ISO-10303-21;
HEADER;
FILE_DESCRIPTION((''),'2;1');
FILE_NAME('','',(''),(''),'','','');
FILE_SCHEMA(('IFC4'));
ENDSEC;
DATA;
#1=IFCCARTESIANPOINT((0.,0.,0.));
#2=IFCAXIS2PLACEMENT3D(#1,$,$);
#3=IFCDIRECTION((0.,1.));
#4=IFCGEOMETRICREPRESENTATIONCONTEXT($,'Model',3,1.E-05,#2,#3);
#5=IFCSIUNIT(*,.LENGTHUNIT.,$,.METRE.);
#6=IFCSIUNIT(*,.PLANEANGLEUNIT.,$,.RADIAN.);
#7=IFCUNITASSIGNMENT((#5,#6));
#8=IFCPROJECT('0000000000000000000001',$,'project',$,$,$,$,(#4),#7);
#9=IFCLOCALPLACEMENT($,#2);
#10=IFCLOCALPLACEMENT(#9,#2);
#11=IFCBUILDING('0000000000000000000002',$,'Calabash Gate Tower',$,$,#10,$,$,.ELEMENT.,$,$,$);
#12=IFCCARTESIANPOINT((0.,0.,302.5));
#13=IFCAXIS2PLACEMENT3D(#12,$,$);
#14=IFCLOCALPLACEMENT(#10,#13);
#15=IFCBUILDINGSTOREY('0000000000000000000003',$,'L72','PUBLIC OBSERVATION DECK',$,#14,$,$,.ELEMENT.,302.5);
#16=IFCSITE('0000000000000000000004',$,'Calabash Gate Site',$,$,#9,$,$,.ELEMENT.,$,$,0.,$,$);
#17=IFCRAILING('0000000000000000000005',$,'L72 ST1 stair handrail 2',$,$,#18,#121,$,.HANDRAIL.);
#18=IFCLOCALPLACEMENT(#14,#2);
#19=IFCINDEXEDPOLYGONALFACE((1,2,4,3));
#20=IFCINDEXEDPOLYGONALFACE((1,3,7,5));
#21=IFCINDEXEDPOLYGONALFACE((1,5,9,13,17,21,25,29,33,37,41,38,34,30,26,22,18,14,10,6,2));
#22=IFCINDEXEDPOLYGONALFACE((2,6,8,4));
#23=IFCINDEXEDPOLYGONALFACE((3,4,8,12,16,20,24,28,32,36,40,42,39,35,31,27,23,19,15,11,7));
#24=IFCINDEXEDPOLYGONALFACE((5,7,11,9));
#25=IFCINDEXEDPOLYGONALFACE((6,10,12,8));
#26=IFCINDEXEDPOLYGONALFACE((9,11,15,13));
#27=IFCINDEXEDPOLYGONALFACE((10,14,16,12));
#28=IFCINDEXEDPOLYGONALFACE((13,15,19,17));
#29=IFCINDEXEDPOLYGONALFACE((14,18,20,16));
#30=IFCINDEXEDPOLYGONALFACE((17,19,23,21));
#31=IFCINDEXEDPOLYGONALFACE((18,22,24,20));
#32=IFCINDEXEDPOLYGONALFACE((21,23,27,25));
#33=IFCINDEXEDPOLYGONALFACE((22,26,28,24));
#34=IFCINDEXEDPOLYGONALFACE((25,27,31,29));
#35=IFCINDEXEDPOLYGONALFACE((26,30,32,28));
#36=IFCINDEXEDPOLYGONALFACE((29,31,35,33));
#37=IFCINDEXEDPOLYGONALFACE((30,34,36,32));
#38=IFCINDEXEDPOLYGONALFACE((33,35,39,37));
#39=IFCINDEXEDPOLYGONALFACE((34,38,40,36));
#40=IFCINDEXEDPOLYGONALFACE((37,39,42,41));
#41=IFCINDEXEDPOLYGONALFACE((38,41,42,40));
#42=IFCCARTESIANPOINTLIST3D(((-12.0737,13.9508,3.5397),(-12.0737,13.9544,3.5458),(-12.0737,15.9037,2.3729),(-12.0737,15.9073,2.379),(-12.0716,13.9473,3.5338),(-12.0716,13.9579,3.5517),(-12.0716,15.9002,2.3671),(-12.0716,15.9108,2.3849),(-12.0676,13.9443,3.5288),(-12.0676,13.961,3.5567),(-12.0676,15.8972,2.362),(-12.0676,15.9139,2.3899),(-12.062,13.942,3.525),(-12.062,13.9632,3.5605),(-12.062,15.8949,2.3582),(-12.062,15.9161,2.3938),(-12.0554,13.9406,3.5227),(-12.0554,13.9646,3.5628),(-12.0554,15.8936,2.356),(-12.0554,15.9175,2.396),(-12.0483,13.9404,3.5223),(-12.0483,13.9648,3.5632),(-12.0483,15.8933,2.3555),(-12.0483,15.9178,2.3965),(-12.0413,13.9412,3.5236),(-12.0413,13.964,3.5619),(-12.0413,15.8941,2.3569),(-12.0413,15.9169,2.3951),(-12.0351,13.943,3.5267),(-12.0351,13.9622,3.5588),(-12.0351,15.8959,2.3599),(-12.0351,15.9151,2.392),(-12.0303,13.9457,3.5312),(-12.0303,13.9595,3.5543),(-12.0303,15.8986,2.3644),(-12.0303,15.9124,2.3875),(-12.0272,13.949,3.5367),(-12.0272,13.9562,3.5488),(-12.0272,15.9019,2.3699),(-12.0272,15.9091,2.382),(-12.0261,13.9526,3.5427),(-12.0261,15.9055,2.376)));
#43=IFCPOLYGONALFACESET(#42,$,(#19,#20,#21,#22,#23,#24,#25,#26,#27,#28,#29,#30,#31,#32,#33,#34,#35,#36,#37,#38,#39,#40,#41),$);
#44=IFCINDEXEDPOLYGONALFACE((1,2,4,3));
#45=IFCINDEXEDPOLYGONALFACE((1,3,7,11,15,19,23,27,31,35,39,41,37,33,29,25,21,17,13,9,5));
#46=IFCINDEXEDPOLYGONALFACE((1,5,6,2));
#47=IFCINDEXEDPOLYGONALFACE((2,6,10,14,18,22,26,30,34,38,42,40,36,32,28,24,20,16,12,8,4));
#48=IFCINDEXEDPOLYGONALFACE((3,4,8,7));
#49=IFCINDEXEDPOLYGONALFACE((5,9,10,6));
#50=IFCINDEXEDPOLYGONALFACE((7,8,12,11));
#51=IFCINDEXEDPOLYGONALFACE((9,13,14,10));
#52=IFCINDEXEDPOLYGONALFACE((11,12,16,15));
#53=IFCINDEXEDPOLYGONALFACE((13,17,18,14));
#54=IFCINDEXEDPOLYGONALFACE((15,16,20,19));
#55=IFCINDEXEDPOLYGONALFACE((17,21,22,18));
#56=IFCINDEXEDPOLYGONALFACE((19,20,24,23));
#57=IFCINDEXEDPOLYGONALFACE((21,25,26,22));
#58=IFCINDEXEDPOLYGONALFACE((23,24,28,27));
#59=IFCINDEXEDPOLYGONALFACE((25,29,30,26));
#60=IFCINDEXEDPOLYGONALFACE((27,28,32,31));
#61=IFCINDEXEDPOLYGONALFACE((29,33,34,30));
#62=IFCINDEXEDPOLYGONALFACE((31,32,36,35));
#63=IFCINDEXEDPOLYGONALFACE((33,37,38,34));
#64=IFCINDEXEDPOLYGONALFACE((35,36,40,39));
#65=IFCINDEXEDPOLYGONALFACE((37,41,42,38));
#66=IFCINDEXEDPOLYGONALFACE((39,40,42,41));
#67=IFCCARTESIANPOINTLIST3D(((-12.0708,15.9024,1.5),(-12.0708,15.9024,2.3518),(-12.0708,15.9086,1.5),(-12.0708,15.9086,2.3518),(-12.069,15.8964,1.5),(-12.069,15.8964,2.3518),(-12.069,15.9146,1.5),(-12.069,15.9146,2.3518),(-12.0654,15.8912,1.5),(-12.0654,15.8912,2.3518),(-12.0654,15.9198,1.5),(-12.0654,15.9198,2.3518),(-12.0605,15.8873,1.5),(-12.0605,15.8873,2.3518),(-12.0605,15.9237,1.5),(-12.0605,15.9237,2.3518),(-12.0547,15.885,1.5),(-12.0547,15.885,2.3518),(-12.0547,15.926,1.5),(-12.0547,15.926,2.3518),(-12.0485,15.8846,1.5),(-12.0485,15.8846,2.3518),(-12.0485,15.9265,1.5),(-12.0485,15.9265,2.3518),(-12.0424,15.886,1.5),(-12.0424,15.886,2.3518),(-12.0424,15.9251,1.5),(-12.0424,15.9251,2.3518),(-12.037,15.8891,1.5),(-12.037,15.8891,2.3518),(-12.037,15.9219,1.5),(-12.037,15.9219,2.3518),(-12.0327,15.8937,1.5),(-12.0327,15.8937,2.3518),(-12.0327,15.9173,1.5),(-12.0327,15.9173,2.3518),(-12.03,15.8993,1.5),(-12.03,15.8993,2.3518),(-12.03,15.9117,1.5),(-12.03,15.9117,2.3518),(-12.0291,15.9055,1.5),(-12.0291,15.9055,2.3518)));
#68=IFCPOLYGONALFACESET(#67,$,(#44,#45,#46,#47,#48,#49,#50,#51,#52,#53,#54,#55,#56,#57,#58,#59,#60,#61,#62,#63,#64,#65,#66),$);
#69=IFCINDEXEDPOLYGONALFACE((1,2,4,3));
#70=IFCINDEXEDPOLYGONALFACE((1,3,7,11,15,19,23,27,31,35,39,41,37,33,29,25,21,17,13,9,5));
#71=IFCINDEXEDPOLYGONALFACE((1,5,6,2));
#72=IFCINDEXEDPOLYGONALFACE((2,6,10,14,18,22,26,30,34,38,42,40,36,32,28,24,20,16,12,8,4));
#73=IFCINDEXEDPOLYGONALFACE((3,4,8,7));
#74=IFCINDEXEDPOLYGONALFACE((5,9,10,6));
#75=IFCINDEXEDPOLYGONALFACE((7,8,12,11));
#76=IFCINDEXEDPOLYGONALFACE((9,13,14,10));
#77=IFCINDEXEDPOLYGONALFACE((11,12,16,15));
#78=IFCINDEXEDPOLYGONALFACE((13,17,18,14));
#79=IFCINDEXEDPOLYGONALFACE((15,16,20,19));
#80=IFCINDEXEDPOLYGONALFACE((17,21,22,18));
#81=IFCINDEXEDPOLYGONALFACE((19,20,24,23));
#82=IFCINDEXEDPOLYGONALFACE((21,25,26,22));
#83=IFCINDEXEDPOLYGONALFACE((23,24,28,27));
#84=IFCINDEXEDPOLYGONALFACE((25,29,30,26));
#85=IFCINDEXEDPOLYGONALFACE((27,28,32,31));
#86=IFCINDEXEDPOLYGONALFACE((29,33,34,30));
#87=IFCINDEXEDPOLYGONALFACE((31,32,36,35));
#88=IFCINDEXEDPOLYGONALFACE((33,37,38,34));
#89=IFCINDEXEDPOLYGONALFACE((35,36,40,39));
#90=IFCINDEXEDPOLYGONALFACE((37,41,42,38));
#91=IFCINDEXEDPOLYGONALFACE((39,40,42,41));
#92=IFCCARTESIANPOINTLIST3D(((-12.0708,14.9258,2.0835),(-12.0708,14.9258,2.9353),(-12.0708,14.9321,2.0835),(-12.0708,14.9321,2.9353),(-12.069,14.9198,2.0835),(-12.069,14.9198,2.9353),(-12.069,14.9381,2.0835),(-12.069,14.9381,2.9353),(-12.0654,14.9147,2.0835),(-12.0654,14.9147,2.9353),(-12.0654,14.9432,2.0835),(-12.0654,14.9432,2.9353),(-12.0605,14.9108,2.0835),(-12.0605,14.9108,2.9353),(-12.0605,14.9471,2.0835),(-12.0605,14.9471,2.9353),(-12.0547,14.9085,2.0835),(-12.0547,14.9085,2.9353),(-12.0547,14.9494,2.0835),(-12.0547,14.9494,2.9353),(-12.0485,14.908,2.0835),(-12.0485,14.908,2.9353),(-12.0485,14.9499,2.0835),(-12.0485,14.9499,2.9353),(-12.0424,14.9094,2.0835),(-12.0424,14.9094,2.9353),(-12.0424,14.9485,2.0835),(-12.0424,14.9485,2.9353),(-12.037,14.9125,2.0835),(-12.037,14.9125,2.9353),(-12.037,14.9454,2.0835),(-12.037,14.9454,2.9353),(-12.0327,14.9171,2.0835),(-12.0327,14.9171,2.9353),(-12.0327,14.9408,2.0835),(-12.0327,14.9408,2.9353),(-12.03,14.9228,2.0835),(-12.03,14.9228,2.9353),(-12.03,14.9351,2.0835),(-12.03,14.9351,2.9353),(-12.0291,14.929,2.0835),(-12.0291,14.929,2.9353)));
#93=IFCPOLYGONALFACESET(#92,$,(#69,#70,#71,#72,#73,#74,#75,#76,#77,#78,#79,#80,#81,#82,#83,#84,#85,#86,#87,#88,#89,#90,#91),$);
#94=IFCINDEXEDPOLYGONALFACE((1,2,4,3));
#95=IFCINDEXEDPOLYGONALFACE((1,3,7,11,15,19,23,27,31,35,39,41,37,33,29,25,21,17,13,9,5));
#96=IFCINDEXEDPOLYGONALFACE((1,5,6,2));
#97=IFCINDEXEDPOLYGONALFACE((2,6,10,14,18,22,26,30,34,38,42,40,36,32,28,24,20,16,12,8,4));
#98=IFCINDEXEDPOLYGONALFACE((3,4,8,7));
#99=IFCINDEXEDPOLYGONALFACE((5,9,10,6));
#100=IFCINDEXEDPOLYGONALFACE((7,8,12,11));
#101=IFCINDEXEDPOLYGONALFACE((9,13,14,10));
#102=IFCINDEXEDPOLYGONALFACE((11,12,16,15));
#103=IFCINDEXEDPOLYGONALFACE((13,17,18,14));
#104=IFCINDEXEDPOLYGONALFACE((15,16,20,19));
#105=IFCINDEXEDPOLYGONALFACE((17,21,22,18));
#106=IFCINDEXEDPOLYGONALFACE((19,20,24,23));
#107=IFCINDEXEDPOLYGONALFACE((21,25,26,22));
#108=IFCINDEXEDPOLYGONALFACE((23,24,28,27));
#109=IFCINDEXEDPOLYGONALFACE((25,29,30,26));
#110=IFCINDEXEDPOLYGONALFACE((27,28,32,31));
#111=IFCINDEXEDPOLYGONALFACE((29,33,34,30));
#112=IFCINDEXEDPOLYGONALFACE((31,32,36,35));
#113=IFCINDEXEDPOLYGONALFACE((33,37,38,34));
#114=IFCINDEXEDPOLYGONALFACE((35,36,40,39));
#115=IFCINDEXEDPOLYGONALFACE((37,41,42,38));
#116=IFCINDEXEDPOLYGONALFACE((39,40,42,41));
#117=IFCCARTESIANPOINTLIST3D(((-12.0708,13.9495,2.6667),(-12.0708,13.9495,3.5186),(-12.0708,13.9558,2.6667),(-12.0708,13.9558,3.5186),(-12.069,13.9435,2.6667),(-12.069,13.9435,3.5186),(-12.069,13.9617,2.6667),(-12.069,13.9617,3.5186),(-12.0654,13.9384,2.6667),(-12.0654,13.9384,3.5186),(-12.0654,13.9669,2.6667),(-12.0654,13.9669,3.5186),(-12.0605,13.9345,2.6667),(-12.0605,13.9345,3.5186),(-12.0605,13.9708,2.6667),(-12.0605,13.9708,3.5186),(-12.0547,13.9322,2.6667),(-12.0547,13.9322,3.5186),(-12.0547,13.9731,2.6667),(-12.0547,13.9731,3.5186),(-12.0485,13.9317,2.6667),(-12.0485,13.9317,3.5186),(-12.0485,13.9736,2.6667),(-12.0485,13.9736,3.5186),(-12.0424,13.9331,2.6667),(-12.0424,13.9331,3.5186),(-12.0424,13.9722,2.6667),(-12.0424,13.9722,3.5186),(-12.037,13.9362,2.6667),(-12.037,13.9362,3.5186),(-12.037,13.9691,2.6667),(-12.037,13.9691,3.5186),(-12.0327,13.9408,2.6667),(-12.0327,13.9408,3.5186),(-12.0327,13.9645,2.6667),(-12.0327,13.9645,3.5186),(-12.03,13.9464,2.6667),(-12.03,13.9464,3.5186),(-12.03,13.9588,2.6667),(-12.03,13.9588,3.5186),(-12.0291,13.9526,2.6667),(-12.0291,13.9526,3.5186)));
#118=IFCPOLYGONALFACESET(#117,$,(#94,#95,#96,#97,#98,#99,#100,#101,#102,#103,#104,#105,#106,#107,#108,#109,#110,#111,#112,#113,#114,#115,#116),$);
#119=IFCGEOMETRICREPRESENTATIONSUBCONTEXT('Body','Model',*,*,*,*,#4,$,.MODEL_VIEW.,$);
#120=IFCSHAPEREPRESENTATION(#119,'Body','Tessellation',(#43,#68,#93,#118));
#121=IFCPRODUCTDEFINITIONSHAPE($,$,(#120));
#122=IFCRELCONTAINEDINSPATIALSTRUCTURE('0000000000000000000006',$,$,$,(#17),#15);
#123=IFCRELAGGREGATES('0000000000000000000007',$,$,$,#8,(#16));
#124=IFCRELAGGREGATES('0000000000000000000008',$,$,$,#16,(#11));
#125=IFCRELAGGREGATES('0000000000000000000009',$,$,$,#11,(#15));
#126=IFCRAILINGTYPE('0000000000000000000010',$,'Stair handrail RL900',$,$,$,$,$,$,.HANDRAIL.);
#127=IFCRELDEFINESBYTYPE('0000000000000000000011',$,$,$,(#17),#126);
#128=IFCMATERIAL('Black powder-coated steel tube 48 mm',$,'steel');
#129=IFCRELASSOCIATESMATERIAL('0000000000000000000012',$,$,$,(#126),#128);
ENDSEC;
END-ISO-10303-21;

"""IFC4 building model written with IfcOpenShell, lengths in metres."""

from ifc_helpers import new_model, si_unit, direction, frame, origin, origin_2d, place, context, subcontext, project, spatial, circle, extrude, material, type_object, element, save


model = new_model("IFC4")

# Units and contexts
model_context = context("Model", 3, precision=1e-05, world=origin(), true_north=direction((0.0, 1.0)))
body_context = subcontext(model_context, "Body", "Model", "MODEL_VIEW")
ifc_project = project(units=[si_unit("LENGTHUNIT", "METRE"), si_unit("PLANEANGLEUNIT", "RADIAN")], contexts=[model_context])

# Site, building, storey
site_placement = place(None, origin())
site = spatial("IfcSite", under=ifc_project, at=site_placement, Name="Calabash Gate Site", CompositionType="ELEMENT", RefElevation=0.0)
building_placement = place(site_placement, origin())
building = spatial("IfcBuilding", under=site, at=building_placement, Name="Calabash Gate Tower", CompositionType="ELEMENT")
storey_placement = place(building_placement, frame((0.0, 0.0, 302.5)))
storey = spatial("IfcBuildingStorey", under=building, at=storey_placement, Name="L72", Description="PUBLIC OBSERVATION DECK", CompositionType="ELEMENT", Elevation=302.5)

# Railing
ifc_material_1 = material(Name="Black powder-coated steel tube 48 mm", Category="steel")
railing_type_1 = type_object("IfcRailingType", Name="Stair handrail RL900", PredefinedType="HANDRAIL", material=ifc_material_1)
railing_1_placement = place(storey_placement, frame((-12.05, 15.9055, 1.5)))
element("IfcRailing", 1, at=railing_1_placement, inside=storey, type_object=railing_type_1, Name="L72 ST1 stair handrail 2", PredefinedType="HANDRAIL", context=body_context, shape_type="SweptSolid", body=[
    extrude(circle(Radius=0.0239, at=origin_2d()), frame((0.0, 0.0, 0.876), z_axis=(0.0, -0.858457, 0.512885), x_axis=(1.0, 0.0, 0.0)), (0.0, 0.0, 1.0), 2.2749),
    extrude(circle(Radius=0.021, at=origin_2d()), origin(), (0.0, 0.0, 1.0), 0.8518),
    extrude(circle(Radius=0.021, at=origin_2d()), frame((0.0, -0.9766, 0.5835)), (0.0, 0.0, 1.0), 0.8518),
    extrude(circle(Radius=0.021, at=origin_2d()), frame((0.0, -1.9529, 1.1667)), (0.0, 0.0, 1.0), 0.8518),
])

save(model, "model.ifc")
